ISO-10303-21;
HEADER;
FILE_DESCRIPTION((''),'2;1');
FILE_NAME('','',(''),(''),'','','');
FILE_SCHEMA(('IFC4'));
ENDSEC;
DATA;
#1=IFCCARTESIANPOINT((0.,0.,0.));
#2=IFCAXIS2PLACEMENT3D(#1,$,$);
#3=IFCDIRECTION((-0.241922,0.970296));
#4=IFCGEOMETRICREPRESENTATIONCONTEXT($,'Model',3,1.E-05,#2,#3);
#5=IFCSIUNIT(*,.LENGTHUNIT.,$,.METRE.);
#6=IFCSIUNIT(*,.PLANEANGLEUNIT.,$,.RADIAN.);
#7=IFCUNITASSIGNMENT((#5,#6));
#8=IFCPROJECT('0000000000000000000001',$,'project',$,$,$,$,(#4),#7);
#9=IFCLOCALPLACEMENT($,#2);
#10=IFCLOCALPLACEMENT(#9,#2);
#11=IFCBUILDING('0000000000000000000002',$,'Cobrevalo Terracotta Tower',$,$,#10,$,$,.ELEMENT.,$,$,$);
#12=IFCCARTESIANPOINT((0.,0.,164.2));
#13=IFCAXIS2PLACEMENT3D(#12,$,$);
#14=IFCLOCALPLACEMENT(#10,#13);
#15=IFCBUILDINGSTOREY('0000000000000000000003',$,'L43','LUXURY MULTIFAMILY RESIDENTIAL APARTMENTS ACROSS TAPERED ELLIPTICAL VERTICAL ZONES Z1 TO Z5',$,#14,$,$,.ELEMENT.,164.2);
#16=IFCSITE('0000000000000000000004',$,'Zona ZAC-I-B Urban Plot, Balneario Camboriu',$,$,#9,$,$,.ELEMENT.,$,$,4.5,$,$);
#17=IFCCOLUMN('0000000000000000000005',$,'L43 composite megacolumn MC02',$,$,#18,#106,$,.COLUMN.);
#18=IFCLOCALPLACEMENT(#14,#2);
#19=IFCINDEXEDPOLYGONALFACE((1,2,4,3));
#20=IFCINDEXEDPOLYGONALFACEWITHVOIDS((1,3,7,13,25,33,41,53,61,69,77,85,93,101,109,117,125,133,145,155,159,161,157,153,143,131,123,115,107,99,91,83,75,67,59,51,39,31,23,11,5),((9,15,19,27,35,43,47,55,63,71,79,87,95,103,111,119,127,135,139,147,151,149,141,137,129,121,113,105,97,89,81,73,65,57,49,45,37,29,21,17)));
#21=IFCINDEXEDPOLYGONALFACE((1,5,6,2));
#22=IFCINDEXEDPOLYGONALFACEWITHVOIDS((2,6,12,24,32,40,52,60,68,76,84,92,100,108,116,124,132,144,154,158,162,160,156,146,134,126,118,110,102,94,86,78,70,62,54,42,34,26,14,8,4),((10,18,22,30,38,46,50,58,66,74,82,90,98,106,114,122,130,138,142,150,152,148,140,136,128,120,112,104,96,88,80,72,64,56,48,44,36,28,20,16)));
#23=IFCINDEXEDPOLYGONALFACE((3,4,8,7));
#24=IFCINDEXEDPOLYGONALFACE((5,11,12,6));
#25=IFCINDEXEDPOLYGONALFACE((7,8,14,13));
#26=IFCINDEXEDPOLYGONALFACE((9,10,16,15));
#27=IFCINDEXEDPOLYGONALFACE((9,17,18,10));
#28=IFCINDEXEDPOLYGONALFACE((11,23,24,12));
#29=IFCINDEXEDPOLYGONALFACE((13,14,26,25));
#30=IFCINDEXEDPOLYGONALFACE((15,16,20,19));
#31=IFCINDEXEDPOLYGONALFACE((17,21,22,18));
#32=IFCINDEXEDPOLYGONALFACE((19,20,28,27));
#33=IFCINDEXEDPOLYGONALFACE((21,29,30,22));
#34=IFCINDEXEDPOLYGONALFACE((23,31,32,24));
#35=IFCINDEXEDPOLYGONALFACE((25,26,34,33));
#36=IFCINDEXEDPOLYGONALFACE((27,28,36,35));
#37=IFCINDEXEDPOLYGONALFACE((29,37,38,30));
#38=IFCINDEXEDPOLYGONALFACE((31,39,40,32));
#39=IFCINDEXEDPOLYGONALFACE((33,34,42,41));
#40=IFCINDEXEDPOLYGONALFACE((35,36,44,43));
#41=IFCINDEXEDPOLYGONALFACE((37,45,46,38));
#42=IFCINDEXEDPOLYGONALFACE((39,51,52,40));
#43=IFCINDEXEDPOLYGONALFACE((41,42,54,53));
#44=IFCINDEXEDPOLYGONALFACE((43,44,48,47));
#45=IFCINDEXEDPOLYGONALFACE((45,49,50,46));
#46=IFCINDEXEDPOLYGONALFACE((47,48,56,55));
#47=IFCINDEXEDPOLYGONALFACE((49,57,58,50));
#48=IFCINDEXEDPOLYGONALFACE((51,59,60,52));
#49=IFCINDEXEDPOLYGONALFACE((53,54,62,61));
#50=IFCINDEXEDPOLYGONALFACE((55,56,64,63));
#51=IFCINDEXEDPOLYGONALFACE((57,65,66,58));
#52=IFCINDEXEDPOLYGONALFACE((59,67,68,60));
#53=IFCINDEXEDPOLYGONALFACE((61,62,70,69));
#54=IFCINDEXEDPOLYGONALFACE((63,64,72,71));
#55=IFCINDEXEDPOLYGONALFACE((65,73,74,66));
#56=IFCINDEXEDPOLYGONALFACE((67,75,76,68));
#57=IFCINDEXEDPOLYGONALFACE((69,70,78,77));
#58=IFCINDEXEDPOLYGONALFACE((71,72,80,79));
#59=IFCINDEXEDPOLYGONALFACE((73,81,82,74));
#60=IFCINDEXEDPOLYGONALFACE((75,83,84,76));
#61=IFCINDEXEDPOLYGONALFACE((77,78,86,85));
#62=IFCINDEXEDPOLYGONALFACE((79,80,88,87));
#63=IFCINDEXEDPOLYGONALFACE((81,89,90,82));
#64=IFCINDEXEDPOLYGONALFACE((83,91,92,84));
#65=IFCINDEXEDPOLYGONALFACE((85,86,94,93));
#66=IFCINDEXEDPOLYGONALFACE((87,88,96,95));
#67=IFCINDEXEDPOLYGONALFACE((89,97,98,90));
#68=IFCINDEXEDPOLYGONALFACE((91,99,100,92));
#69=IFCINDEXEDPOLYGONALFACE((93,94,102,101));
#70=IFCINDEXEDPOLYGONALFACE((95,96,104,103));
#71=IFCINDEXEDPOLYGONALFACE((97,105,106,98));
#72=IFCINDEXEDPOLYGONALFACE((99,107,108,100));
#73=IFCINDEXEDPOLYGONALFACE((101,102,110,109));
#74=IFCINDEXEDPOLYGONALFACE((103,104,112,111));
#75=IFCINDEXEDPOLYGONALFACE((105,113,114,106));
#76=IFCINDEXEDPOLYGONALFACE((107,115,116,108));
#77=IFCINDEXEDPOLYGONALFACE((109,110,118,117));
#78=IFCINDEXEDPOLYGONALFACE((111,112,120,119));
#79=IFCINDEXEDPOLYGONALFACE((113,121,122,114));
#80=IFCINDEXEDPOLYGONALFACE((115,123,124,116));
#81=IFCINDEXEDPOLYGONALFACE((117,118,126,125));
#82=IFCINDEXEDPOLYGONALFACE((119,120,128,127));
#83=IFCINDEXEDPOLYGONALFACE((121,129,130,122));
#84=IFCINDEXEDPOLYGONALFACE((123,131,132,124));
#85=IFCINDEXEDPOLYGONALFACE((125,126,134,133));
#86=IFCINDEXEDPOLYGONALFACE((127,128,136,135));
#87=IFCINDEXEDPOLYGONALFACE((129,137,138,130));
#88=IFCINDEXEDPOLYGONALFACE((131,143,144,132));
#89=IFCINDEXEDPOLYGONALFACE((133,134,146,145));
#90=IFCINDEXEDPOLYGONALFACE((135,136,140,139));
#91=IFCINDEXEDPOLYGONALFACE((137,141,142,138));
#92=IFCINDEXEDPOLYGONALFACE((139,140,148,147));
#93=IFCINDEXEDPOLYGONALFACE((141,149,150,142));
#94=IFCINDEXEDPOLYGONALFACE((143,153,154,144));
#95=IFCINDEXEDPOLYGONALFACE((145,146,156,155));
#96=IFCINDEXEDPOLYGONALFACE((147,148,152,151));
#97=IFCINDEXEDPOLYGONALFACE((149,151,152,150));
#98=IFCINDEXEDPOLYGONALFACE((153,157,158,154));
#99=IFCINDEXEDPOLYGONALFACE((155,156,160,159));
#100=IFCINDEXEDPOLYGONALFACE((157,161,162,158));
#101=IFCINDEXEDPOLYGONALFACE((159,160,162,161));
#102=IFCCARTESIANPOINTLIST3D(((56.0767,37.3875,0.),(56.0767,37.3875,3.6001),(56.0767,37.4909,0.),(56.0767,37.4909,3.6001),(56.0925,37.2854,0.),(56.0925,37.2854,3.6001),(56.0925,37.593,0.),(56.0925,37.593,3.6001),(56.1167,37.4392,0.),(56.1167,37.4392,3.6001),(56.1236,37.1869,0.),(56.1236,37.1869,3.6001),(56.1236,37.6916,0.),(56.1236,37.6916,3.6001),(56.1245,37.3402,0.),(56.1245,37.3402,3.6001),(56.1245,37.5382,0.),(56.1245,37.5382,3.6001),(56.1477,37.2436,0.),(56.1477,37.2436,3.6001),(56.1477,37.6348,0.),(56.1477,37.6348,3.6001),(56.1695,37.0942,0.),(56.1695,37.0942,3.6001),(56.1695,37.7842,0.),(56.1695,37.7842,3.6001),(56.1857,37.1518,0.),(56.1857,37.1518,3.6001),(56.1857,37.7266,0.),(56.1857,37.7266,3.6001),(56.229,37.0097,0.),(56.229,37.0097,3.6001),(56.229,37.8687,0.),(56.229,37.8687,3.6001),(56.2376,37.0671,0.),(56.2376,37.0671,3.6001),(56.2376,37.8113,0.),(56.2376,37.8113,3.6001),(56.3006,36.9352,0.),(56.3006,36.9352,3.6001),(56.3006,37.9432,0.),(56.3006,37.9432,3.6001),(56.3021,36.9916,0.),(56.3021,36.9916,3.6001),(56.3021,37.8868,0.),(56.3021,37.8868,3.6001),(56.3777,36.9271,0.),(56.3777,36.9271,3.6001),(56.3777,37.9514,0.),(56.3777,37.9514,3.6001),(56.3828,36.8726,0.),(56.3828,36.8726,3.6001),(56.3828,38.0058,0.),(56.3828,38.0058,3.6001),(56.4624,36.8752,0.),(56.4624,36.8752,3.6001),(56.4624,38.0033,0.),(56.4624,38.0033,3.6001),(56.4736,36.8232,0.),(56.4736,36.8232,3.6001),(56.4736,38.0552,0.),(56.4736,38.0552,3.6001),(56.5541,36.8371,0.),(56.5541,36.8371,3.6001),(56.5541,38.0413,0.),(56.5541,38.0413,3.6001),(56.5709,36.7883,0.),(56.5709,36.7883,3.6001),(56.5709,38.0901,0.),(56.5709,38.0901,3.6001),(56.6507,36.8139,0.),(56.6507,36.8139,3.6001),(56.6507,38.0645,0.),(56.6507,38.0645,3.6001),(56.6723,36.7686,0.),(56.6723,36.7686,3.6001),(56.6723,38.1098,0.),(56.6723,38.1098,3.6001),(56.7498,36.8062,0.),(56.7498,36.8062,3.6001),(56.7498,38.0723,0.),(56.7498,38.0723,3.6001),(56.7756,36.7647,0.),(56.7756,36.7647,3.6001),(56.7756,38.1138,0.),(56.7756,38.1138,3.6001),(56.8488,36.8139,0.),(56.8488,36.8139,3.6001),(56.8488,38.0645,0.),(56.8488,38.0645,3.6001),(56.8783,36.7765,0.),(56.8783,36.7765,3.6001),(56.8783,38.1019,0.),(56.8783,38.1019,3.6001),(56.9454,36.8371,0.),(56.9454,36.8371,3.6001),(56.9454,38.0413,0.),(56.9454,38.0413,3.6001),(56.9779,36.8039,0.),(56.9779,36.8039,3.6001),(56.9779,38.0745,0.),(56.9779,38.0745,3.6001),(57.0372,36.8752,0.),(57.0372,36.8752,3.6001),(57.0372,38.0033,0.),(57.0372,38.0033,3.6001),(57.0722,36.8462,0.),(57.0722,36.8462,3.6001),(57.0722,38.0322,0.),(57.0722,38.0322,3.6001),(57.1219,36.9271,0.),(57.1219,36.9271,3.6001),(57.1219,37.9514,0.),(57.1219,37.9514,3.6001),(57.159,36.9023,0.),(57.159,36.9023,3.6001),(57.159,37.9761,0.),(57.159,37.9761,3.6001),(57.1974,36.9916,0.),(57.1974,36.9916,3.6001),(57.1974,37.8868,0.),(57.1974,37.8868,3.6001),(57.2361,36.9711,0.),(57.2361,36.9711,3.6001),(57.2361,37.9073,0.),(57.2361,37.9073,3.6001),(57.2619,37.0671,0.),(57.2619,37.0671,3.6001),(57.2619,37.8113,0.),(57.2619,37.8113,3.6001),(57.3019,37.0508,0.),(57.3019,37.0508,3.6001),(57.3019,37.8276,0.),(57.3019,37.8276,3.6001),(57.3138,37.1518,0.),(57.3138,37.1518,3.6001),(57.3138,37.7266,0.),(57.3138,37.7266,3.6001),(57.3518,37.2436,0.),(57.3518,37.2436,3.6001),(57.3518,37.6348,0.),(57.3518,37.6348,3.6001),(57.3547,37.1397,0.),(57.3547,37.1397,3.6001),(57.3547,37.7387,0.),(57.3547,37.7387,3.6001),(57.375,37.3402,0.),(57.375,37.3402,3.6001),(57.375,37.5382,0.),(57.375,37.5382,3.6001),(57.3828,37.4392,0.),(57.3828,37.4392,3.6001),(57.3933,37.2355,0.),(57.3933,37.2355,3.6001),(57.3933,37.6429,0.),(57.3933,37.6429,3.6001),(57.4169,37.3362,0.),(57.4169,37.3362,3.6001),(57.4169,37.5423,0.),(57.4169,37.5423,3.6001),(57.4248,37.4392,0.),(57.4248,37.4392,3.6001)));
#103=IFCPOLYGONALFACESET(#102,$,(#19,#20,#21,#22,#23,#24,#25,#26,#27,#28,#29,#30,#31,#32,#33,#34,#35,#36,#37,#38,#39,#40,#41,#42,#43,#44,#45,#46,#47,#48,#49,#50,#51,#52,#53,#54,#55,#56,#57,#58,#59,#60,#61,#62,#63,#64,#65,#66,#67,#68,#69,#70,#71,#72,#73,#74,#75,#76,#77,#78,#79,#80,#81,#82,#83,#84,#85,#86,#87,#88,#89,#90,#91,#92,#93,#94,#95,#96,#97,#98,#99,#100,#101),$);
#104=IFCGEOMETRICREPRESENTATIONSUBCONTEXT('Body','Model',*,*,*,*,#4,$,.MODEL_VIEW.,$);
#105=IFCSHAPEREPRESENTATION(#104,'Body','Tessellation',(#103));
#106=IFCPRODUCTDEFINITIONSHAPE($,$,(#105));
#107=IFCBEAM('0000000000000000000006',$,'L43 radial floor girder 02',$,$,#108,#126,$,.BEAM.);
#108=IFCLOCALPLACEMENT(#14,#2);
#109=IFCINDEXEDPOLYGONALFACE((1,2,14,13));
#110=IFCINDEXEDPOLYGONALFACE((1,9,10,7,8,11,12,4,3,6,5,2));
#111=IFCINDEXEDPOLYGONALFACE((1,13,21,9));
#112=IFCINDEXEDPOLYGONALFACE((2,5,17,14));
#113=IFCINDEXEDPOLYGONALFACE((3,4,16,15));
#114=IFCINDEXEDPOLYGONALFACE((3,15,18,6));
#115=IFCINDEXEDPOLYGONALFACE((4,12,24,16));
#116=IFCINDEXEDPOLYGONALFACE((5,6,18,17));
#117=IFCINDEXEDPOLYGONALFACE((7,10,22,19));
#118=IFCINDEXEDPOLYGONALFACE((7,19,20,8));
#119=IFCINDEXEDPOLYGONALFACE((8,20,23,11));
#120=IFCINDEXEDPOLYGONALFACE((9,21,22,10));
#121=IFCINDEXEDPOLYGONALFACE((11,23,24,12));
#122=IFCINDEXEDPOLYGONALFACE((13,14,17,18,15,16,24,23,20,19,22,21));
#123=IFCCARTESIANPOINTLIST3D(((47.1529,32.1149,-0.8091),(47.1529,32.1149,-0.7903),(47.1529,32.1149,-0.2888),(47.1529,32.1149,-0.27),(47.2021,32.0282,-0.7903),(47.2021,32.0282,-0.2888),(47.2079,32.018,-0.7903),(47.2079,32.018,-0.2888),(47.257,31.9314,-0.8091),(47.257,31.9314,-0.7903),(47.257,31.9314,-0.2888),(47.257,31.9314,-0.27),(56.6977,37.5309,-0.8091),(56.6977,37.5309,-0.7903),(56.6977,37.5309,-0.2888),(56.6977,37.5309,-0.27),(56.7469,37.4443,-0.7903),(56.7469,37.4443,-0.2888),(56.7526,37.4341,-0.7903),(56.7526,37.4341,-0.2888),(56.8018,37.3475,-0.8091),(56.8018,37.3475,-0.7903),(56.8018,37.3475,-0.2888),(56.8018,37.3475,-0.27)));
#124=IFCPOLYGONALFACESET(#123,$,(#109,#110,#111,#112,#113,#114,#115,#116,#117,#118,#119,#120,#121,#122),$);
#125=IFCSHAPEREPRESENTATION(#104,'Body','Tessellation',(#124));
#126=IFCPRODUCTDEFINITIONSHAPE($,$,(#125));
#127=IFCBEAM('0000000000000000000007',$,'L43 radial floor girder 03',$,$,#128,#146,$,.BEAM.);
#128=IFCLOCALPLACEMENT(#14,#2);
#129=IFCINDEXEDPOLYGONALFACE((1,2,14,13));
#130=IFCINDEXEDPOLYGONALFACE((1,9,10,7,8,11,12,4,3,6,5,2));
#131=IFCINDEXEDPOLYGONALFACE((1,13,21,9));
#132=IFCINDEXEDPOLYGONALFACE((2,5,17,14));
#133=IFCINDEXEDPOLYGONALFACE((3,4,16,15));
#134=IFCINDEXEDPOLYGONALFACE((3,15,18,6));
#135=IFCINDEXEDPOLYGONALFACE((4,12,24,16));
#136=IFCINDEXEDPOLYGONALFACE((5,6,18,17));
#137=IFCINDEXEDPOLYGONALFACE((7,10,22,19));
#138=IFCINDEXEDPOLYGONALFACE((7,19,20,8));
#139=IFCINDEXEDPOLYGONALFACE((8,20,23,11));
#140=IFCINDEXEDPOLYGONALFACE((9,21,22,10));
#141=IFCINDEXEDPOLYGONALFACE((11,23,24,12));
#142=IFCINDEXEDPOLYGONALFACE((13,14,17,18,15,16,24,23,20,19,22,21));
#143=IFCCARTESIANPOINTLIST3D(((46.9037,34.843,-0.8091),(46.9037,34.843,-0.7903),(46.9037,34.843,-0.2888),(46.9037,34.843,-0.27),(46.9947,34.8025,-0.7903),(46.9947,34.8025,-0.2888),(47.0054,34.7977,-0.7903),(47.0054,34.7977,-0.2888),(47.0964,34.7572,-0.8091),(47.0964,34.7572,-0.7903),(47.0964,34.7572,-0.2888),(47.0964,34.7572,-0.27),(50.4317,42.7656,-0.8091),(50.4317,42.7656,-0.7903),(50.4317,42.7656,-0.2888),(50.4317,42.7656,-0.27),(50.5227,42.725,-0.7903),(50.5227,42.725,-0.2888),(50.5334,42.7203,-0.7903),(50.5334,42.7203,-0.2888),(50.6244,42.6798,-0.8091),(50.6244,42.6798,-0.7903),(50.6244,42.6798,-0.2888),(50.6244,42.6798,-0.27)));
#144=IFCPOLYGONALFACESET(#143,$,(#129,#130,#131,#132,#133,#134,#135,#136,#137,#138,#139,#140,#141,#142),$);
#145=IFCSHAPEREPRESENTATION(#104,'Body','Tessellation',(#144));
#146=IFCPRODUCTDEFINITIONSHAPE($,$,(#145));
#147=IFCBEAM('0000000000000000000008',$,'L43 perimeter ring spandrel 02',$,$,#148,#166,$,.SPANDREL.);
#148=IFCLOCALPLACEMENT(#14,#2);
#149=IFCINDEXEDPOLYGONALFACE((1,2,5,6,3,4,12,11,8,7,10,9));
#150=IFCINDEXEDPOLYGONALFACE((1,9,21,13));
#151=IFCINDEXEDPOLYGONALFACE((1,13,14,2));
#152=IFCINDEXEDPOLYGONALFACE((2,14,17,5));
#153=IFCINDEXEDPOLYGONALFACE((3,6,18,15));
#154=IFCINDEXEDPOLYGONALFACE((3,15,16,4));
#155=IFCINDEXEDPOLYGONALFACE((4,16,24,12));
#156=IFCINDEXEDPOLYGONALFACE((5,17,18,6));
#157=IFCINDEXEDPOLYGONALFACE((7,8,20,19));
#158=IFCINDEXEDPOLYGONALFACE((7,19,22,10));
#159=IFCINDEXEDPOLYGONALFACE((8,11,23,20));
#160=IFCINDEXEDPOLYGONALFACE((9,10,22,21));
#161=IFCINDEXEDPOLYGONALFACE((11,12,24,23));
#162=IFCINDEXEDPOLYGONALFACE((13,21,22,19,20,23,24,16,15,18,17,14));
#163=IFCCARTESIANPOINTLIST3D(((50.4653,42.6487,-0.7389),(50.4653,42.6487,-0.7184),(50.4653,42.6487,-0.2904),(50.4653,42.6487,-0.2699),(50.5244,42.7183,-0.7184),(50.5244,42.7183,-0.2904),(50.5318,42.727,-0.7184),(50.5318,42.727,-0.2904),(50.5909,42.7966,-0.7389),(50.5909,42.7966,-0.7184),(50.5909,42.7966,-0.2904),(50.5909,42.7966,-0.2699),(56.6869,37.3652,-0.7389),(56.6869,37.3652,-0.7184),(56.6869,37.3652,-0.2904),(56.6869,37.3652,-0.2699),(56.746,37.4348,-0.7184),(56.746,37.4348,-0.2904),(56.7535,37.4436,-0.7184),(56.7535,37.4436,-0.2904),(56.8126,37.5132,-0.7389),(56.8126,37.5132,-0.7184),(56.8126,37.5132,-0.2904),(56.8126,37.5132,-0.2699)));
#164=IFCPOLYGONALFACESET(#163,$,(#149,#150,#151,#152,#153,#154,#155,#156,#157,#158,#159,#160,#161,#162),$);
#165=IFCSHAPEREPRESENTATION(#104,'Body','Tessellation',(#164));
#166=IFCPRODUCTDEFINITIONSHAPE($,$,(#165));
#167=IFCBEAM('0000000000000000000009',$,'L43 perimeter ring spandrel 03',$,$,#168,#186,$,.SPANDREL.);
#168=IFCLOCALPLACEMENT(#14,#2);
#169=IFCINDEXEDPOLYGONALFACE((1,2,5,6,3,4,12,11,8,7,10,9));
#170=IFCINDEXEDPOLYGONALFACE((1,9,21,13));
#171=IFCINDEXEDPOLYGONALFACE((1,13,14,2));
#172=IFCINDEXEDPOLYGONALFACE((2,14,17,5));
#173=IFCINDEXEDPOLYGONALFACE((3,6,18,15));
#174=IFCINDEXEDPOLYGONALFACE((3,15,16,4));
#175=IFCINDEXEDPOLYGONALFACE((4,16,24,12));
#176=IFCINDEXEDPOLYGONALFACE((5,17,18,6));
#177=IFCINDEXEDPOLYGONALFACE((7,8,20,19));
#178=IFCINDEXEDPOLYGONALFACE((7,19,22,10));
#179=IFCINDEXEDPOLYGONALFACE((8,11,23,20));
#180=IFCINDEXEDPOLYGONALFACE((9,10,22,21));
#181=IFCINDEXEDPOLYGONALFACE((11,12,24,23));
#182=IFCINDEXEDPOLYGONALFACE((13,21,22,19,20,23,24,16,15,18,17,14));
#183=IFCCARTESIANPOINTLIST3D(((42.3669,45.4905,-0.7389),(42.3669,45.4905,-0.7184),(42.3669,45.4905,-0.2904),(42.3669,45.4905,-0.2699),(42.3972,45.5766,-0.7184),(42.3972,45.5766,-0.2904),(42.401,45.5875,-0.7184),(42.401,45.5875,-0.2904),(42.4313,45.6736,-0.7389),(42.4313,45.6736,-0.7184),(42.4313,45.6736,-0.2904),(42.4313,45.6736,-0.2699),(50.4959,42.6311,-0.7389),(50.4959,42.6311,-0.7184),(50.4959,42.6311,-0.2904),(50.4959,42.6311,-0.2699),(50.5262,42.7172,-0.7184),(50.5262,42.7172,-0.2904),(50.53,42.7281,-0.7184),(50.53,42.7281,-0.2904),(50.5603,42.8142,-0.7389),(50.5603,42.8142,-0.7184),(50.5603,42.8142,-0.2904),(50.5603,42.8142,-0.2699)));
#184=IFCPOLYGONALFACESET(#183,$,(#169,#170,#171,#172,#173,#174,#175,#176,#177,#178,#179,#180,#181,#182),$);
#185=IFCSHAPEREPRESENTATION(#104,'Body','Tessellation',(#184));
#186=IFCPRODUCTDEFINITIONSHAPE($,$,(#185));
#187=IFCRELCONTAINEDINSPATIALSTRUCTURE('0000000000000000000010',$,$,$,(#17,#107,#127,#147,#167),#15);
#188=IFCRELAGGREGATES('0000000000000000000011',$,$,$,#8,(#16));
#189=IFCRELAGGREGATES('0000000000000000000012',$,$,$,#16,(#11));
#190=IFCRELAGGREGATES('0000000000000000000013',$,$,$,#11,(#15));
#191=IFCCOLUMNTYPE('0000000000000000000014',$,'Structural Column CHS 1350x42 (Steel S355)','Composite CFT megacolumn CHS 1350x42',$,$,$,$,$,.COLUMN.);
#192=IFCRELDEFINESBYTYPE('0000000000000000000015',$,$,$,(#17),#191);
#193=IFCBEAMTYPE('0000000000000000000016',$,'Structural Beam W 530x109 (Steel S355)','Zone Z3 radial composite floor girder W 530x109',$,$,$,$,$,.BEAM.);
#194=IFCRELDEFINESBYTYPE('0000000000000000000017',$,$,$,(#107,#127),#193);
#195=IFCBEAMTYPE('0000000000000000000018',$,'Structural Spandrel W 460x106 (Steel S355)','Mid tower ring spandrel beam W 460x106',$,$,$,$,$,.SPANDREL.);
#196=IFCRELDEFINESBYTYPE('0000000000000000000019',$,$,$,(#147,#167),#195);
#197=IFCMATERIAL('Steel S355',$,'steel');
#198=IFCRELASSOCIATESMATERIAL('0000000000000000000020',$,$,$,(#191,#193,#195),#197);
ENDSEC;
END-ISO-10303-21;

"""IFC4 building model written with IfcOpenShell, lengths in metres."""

from ifc_helpers import new_model, si_unit, direction, frame, origin, origin_2d, place, context, subcontext, project, spatial, hollow_circle, i_section, extrude, material, material_profile, profile_set, type_object, element, save


model = new_model("IFC4")

# Units and contexts
model_context = context("Model", 3, precision=1e-05, world=origin(), true_north=direction((-0.241922, 0.970296)))
body_context = subcontext(model_context, "Body", "Model", "MODEL_VIEW")
ifc_project = project(units=[si_unit("LENGTHUNIT", "METRE"), si_unit("PLANEANGLEUNIT", "RADIAN")], contexts=[model_context])

# Site, building, storey
site_placement = place(None, origin())
site = spatial("IfcSite", under=ifc_project, at=site_placement, Name="Zona ZAC-I-B Urban Plot, Balneario Camboriu", CompositionType="ELEMENT", RefElevation=4.5)
building_placement = place(site_placement, origin())
building = spatial("IfcBuilding", under=site, at=building_placement, Name="Cobrevalo Terracotta Tower", CompositionType="ELEMENT")
storey_placement = place(building_placement, frame((0.0, 0.0, 164.2)))
storey = spatial("IfcBuildingStorey", under=building, at=storey_placement, Name="L43", Description="LUXURY MULTIFAMILY RESIDENTIAL APARTMENTS ACROSS TAPERED ELLIPTICAL VERTICAL ZONES Z1 TO Z5", CompositionType="ELEMENT", Elevation=164.2)

# Column
ifc_material_1 = material(Name="Steel S355", Category="steel")
ifc_material_profile_1 = material_profile(ifc_material_1, hollow_circle(Radius=0.675, WallThickness=0.042, at=origin_2d()), Name="CHS 1350x42")
ifc_profile_set_1 = profile_set([ifc_material_profile_1], Name="Steel S355")
column_type = type_object("IfcColumnType", Name="Structural Column CHS 1350x42 (Steel S355)", Description="Composite CFT megacolumn CHS 1350x42", PredefinedType="COLUMN", material=ifc_profile_set_1)
column_placement = place(storey_placement, frame((56.7498, 37.4392, 0.0), z_axis=(0.0, 0.0, 1.0), x_axis=(1.0, 0.0, 0.0)))
element("IfcColumn", 1, at=column_placement, inside=storey, type_object=column_type, Name="L43 composite megacolumn MC02", PredefinedType="COLUMN", context=body_context, shape_type="SweptSolid", body=[
    extrude(hollow_circle(Radius=0.675, WallThickness=0.042, at=origin_2d()), origin(), (0.0, 0.0, 1.0), 3.6001),
])

# Beams
ifc_material_profile_2 = material_profile(ifc_material_1, i_section(OverallWidth=0.2109, OverallDepth=0.5391, WebThickness=0.0117, FlangeThickness=0.0188, at=origin_2d()), Name="W 530x109")
ifc_profile_set_2 = profile_set([ifc_material_profile_2], Name="Steel S355")
beam_type_1 = type_object("IfcBeamType", Name="Structural Beam W 530x109 (Steel S355)", Description="Zone Z3 radial composite floor girder W 530x109", PredefinedType="BEAM", material=ifc_profile_set_2)
beam_1_placement = place(storey_placement, frame((56.7498, 37.4392, -0.5396), z_axis=(-0.869734, -0.49352, 0.0), x_axis=(0.49352, -0.869734, 0.0)))
element("IfcBeam", 2, at=beam_1_placement, inside=storey, type_object=beam_type_1, Name="L43 radial floor girder 02", PredefinedType="BEAM", context=body_context, shape_type="SweptSolid", body=[
    extrude(i_section(OverallWidth=0.2109, OverallDepth=0.5391, WebThickness=0.0117, FlangeThickness=0.0188, at=origin_2d()), origin(), (0.0, 0.0, 1.0), 10.9744),
])
beam_2_placement = place(storey_placement, frame((50.5281, 42.7227, -0.5396), z_axis=(-0.406804, -0.913515, 0.0), x_axis=(0.913515, -0.406804, 0.0)))
element("IfcBeam", 3, at=beam_2_placement, inside=storey, type_object=beam_type_1, Name="L43 radial floor girder 03", PredefinedType="BEAM", context=body_context, shape_type="SweptSolid", body=[
    extrude(i_section(OverallWidth=0.2109, OverallDepth=0.5391, WebThickness=0.0117, FlangeThickness=0.0188, at=origin_2d()), origin(), (0.0, 0.0, 1.0), 8.6726),
])
ifc_material_profile_3 = material_profile(ifc_material_1, i_section(OverallWidth=0.1941, OverallDepth=0.469, WebThickness=0.0115, FlangeThickness=0.0205, at=origin_2d()), Name="W 460x106")
ifc_profile_set_3 = profile_set([ifc_material_profile_3], Name="Steel S355")
beam_type_2 = type_object("IfcBeamType", Name="Structural Spandrel W 460x106 (Steel S355)", Description="Mid tower ring spandrel beam W 460x106", PredefinedType="SPANDREL", material=ifc_profile_set_3)
beam_3_placement = place(storey_placement, frame((56.7498, 37.4392, -0.5044), z_axis=(-0.76224, 0.647294, 0.0), x_axis=(-0.647294, -0.76224, 0.0)))
element("IfcBeam", 4, at=beam_3_placement, inside=storey, type_object=beam_type_2, Name="L43 perimeter ring spandrel 02", PredefinedType="SPANDREL", context=body_context, shape_type="SweptSolid", body=[
    extrude(i_section(OverallWidth=0.1941, OverallDepth=0.469, WebThickness=0.0115, FlangeThickness=0.0205, at=origin_2d()), origin(), (0.0, 0.0, 1.0), 8.1624),
])
beam_4_placement = place(storey_placement, frame((50.5281, 42.7227, -0.5044), z_axis=(-0.943341, 0.331824, 0.0), x_axis=(-0.331824, -0.943341, 0.0)))
element("IfcBeam", 5, at=beam_4_placement, inside=storey, type_object=beam_type_2, Name="L43 perimeter ring spandrel 03", PredefinedType="SPANDREL", context=body_context, shape_type="SweptSolid", body=[
    extrude(i_section(OverallWidth=0.1941, OverallDepth=0.469, WebThickness=0.0115, FlangeThickness=0.0205, at=origin_2d()), origin(), (0.0, 0.0, 1.0), 8.6172),
])

save(model, "model.ifc")
